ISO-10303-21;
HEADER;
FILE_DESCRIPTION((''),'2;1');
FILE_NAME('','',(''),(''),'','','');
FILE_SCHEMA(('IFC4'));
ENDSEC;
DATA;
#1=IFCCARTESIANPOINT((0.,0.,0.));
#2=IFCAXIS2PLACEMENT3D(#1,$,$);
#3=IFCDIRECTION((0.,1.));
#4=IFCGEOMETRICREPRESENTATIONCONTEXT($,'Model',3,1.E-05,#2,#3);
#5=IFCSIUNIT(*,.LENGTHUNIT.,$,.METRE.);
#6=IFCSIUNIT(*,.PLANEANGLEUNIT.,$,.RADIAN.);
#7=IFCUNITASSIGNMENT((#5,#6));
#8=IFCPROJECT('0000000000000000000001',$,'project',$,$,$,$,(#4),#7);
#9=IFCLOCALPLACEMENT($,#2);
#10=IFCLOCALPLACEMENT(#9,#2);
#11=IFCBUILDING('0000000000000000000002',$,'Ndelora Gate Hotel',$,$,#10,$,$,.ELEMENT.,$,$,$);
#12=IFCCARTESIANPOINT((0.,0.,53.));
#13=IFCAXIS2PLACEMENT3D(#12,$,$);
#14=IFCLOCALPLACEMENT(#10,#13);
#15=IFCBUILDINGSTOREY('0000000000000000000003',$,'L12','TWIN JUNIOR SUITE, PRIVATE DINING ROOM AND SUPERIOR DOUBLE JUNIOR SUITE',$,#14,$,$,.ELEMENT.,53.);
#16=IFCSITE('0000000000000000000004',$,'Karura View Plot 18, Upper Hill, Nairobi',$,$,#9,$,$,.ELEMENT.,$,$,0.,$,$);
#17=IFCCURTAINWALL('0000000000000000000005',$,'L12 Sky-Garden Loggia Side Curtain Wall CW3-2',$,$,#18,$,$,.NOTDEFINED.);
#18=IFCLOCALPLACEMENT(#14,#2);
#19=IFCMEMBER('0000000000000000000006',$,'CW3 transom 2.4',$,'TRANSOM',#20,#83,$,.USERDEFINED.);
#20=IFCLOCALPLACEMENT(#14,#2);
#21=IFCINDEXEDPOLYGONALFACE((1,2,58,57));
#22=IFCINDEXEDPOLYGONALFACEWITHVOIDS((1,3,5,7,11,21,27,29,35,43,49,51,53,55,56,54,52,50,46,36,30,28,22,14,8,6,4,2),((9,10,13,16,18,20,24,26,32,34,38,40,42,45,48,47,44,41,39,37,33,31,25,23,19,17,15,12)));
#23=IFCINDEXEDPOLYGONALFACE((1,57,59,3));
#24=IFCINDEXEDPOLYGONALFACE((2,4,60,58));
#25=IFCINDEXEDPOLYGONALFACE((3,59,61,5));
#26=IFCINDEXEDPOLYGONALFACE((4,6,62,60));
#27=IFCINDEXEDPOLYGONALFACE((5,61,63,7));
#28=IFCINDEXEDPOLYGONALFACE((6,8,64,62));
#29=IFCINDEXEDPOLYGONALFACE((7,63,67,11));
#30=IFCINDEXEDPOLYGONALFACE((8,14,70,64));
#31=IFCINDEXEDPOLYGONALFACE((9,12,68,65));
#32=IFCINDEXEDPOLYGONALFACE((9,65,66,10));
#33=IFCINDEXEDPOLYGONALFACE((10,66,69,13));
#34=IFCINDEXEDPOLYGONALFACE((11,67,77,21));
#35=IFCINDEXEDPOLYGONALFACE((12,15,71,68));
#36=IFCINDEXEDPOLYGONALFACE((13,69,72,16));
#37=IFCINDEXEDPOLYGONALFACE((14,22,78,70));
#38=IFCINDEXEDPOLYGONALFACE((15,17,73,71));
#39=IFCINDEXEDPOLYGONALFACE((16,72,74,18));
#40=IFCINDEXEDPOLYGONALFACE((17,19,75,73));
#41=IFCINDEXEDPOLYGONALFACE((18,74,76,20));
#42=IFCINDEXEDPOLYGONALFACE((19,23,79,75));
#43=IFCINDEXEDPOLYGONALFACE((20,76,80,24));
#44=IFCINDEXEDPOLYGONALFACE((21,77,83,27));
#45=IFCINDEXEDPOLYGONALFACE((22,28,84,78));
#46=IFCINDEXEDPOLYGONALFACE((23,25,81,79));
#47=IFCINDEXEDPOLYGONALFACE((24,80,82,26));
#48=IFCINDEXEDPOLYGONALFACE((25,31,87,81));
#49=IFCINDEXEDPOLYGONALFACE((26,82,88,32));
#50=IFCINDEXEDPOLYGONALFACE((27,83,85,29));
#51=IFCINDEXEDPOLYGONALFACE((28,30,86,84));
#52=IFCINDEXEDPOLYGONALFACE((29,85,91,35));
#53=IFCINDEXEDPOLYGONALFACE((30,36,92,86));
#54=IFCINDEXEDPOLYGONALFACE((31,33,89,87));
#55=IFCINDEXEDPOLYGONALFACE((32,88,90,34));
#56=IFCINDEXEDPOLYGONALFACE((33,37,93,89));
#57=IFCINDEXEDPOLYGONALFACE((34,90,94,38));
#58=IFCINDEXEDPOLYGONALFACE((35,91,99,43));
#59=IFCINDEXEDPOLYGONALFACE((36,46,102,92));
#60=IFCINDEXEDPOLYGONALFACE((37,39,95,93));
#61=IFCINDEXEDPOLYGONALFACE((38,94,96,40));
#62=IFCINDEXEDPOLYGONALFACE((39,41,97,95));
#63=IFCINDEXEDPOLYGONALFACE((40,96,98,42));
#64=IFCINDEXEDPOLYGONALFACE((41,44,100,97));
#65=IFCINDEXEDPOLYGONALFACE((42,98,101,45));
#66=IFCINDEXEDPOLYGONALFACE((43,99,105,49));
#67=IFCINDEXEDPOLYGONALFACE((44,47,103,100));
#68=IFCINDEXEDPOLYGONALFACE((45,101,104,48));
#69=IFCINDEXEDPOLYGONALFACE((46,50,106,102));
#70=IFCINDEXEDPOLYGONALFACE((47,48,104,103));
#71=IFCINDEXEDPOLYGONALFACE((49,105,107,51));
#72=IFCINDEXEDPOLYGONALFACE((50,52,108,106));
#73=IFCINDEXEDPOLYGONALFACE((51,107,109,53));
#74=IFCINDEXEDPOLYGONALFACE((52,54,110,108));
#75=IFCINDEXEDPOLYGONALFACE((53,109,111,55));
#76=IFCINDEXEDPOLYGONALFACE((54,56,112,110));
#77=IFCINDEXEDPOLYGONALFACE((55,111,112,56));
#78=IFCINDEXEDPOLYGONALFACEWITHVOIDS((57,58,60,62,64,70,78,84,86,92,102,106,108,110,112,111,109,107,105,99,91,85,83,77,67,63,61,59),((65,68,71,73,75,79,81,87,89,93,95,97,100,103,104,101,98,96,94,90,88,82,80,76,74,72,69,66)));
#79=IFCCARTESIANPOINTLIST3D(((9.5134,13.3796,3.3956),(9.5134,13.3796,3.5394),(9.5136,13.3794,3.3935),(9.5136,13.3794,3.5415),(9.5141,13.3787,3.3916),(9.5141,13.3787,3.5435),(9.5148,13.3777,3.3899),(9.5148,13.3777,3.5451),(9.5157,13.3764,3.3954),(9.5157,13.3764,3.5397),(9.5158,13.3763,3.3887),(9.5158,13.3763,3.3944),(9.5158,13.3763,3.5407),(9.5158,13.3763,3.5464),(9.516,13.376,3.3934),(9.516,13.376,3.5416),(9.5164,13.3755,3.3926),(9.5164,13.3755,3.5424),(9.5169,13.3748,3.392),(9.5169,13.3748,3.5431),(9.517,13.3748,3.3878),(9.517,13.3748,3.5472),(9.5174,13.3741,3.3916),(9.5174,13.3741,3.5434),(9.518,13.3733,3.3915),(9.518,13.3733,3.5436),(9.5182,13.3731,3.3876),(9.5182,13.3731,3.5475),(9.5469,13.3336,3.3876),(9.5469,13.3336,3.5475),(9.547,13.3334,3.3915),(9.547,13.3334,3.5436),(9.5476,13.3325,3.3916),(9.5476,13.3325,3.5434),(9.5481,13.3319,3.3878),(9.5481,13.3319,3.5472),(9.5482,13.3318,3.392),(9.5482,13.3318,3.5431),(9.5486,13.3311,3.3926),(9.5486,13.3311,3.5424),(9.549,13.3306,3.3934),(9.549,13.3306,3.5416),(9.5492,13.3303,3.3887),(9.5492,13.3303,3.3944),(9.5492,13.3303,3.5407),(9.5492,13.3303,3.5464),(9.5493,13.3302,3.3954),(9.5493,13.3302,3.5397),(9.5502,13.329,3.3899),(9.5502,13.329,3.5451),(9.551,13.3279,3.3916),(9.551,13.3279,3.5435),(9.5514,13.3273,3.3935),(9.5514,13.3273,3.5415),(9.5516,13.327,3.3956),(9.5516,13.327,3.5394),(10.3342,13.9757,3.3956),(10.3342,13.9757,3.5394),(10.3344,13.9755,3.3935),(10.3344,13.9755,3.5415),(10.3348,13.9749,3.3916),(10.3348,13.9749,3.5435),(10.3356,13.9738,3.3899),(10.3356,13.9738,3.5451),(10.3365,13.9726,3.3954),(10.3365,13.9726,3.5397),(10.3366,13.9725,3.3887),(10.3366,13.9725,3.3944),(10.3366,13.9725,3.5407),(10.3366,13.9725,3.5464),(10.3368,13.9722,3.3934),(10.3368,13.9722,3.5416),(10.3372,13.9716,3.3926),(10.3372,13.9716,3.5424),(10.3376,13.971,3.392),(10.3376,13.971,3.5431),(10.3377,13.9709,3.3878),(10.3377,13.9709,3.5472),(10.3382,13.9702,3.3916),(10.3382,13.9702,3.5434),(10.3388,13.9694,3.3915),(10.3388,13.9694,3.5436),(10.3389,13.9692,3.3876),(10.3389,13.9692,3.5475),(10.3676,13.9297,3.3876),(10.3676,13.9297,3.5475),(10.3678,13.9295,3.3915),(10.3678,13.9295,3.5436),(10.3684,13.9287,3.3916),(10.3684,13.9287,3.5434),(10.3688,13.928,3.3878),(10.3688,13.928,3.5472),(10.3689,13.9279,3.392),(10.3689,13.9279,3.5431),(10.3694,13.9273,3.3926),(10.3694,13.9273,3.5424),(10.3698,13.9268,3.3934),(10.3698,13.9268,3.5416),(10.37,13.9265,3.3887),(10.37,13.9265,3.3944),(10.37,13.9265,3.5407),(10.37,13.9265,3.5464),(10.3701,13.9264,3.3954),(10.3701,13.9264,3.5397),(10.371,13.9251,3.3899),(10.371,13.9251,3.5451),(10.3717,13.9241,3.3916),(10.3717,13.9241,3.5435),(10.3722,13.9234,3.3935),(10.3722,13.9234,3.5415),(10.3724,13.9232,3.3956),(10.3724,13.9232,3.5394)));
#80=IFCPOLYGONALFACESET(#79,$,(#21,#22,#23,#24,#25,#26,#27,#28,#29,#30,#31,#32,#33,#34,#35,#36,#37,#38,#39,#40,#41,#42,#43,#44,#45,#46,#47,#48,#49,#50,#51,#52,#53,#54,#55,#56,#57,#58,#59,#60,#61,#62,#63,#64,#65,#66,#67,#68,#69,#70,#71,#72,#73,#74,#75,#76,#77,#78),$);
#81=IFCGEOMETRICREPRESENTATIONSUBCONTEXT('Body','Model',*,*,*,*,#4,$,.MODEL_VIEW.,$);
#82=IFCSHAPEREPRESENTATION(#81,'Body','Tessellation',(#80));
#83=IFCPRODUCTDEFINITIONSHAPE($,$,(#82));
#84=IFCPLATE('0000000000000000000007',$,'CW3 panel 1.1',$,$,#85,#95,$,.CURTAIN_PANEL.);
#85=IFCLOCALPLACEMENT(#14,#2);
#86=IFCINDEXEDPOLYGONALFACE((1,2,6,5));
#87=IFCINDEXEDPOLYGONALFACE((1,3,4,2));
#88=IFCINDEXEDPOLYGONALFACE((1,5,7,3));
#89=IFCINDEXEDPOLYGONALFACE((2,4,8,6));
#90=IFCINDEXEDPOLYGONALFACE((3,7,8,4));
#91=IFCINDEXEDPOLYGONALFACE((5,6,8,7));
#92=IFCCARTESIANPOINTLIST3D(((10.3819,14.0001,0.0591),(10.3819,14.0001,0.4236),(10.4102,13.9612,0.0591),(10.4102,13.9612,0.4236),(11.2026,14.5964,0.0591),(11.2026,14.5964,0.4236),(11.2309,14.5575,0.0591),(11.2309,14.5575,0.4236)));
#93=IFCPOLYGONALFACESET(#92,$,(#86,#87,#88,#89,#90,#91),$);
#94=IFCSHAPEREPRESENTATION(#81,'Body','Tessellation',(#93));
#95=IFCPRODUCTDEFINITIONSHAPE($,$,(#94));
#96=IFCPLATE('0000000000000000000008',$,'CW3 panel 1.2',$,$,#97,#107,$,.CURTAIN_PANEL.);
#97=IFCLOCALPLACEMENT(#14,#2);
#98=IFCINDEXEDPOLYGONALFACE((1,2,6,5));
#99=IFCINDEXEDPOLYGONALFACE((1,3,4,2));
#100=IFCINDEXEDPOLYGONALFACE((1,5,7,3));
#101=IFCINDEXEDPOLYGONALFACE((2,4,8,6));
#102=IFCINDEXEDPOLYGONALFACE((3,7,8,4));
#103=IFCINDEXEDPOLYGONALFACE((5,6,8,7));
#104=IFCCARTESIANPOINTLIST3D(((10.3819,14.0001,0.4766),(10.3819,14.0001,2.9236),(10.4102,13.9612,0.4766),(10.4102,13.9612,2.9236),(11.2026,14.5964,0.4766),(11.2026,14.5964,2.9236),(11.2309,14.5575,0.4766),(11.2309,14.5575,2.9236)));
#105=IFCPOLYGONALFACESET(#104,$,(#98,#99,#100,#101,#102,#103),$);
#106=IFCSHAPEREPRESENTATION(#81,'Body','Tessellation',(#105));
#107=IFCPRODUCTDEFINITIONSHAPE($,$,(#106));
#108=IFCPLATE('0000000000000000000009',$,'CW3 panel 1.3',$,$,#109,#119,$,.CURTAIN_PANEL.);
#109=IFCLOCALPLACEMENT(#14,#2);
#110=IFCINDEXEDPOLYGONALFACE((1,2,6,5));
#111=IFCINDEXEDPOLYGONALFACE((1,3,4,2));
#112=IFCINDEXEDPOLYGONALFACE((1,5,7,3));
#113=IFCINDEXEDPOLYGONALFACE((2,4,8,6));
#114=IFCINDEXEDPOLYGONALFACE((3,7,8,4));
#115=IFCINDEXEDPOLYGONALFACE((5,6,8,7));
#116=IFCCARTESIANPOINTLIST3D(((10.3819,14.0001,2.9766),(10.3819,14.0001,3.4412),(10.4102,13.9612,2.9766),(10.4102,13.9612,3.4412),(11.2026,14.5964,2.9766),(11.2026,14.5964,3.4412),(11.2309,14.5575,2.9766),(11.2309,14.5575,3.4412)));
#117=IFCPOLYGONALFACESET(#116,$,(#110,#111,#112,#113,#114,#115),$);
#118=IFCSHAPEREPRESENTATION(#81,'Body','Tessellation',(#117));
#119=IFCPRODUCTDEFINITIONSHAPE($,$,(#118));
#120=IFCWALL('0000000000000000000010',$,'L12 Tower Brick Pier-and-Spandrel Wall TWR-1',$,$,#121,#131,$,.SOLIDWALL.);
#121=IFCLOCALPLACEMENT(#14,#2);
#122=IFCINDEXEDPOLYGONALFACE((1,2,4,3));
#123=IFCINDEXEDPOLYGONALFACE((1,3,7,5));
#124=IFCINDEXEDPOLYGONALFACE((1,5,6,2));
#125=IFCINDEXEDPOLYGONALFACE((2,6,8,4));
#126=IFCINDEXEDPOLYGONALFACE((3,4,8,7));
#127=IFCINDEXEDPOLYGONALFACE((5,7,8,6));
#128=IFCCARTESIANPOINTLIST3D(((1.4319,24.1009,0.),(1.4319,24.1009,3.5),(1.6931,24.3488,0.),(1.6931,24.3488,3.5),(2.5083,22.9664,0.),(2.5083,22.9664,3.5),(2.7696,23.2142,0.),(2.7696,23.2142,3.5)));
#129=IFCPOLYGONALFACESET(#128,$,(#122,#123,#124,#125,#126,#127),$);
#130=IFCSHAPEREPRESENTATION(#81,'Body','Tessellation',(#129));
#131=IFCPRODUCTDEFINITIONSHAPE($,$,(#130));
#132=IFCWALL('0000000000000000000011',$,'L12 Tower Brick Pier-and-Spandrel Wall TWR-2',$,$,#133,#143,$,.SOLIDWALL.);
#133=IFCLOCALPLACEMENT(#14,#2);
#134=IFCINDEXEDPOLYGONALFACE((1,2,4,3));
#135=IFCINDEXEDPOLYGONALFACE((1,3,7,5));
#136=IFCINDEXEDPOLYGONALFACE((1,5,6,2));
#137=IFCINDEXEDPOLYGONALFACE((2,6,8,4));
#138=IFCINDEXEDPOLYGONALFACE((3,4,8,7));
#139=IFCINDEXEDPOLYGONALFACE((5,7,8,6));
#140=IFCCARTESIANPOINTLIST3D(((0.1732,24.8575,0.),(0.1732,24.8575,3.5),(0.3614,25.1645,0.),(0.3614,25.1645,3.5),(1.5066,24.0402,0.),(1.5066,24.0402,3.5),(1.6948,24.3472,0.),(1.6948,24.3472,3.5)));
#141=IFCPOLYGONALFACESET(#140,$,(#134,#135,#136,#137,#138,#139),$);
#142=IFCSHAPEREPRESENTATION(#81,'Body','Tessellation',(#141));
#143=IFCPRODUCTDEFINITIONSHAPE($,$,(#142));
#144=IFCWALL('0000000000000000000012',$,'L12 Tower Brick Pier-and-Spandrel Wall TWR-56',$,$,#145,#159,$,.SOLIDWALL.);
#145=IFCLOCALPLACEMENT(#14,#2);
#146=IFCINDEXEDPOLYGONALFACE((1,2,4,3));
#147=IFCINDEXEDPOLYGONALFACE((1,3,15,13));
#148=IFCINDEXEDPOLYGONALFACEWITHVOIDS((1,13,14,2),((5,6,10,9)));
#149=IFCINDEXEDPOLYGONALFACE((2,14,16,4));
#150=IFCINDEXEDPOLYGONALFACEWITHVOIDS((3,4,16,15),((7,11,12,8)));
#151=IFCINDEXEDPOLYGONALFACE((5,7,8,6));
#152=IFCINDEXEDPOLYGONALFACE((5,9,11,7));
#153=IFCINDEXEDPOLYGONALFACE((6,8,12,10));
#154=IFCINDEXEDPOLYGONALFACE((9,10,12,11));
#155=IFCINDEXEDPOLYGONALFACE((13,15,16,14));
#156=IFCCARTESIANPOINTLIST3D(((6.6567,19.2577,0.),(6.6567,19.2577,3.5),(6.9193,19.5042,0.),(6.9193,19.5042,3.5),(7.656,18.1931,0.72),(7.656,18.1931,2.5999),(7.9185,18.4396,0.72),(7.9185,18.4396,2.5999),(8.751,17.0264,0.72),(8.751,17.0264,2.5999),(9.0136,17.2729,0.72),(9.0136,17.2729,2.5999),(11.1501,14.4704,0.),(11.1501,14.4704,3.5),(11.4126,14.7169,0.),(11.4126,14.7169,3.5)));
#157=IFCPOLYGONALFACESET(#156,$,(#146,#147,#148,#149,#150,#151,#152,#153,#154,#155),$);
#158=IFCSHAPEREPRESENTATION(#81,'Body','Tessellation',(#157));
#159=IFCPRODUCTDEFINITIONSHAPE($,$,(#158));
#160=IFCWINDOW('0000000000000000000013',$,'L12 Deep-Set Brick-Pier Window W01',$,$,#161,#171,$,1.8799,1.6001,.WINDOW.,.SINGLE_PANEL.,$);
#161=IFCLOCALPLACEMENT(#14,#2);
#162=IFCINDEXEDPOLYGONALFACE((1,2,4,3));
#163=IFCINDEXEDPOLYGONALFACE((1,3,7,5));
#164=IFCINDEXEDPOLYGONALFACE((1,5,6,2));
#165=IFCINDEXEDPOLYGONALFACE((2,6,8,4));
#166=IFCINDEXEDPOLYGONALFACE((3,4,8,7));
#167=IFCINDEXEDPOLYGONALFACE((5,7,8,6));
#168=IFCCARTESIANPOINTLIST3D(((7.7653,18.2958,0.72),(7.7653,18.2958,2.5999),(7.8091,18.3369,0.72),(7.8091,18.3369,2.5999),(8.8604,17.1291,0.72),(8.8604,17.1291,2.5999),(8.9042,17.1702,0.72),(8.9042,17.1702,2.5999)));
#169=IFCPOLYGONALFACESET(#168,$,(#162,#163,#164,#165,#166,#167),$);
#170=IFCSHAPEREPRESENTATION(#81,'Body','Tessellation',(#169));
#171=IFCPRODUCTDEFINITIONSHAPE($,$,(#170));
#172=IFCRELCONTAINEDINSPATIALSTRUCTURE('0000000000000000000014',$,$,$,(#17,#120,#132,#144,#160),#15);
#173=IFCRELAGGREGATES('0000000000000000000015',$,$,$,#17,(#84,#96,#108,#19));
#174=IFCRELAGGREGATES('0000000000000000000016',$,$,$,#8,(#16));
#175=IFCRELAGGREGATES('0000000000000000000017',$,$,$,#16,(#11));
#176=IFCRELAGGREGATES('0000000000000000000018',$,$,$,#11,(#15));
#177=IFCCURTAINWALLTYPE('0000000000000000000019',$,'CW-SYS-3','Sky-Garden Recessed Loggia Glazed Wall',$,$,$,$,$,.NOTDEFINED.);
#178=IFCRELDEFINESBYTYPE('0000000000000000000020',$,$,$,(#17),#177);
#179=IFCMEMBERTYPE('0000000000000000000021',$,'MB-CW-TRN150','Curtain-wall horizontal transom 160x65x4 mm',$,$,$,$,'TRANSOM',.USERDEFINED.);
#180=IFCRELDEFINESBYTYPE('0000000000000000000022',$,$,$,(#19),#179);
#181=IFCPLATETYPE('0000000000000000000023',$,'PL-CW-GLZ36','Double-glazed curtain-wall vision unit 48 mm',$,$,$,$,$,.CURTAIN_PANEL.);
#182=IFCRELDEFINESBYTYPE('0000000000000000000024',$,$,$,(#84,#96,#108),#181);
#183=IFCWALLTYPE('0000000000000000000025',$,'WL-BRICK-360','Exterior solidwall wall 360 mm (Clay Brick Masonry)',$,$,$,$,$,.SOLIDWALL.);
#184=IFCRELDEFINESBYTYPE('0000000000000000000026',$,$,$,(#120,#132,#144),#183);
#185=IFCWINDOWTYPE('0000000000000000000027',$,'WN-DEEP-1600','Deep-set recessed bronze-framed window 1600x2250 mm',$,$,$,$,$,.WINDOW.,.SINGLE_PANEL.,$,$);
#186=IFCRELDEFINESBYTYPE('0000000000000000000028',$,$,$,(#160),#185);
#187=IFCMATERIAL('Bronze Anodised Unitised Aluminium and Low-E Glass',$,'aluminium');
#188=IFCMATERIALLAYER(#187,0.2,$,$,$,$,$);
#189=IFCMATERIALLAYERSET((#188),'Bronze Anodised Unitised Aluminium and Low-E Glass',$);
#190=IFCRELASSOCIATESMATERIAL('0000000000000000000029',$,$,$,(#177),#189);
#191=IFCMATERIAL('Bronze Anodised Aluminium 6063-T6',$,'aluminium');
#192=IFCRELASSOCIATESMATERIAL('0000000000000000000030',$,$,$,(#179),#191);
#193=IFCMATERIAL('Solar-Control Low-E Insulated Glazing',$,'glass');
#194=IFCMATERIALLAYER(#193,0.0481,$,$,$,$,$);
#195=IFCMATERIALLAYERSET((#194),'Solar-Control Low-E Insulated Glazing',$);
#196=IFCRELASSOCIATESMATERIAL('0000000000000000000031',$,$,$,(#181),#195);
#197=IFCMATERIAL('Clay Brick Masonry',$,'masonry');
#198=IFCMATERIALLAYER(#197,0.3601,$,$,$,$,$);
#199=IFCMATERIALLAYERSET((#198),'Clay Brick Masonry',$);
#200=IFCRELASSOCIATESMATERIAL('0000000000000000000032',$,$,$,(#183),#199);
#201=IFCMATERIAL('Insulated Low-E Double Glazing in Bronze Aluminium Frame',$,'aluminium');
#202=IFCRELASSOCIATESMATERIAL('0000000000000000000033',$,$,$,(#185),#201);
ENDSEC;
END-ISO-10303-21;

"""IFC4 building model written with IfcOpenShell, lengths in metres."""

from ifc_helpers import new_model, si_unit, direction, frame, frame_2d, origin, origin_2d, place, context, subcontext, project, spatial, rectangle, hollow_rectangle, extrude, material, layer, layer_set, material_profile, profile_set, type_object, element, fill, aggregate, save


model = new_model("IFC4")

# Units and contexts
model_context = context("Model", 3, precision=1e-05, world=origin(), true_north=direction((0.0, 1.0)))
body_context = subcontext(model_context, "Body", "Model", "MODEL_VIEW")
ifc_project = project(units=[si_unit("LENGTHUNIT", "METRE"), si_unit("PLANEANGLEUNIT", "RADIAN")], contexts=[model_context])

# Site, building, storey
site_placement = place(None, origin())
site = spatial("IfcSite", under=ifc_project, at=site_placement, Name="Karura View Plot 18, Upper Hill, Nairobi", CompositionType="ELEMENT", RefElevation=0.0)
building_placement = place(site_placement, origin())
building = spatial("IfcBuilding", under=site, at=building_placement, Name="Ndelora Gate Hotel", CompositionType="ELEMENT")
storey_placement = place(building_placement, frame((0.0, 0.0, 53.0)))
storey = spatial("IfcBuildingStorey", under=building, at=storey_placement, Name="L12", Description="TWIN JUNIOR SUITE, PRIVATE DINING ROOM AND SUPERIOR DOUBLE JUNIOR SUITE", CompositionType="ELEMENT", Elevation=53.0)

# Curtain wall, member, plates
ifc_material_1 = material(Name="Bronze Anodised Unitised Aluminium and Low-E Glass", Category="aluminium")
ifc_layer_1 = layer(ifc_material_1, 0.2)
ifc_layer_set_1 = layer_set([ifc_layer_1], Name="Bronze Anodised Unitised Aluminium and Low-E Glass")
curtain_wall_type = type_object("IfcCurtainWallType", Name="CW-SYS-3", Description="Sky-Garden Recessed Loggia Glazed Wall", PredefinedType="NOTDEFINED", material=ifc_layer_set_1)
curtain_wall_placement = place(storey_placement, origin())
curtain_wall = element("IfcCurtainWall", 1, at=curtain_wall_placement, inside=storey, type_object=curtain_wall_type, Name="L12 Sky-Garden Loggia Side Curtain Wall CW3-2", PredefinedType="NOTDEFINED")
ifc_material_2 = material(Name="Bronze Anodised Aluminium 6063-T6", Category="aluminium")
ifc_material_profile_1 = material_profile(ifc_material_2, hollow_rectangle(XDim=0.0649, YDim=0.1599, WallThickness=0.0039, InnerFilletRadius=0.0039, OuterFilletRadius=0.0081, at=origin_2d()), Name="ALU 160x65x4")
ifc_profile_set_1 = profile_set([ifc_material_profile_1], Name="Bronze Anodised Aluminium 6063-T6")
member_type_1 = type_object("IfcMemberType", Name="MB-CW-TRN150", Description="Curtain-wall horizontal transom 160x65x4 mm", ElementType="TRANSOM", PredefinedType="USERDEFINED", material=ifc_profile_set_1)
member_1_placement = place(storey_placement, frame((10.3533, 13.9495, 3.4675), z_axis=(-0.80909, -0.587685, 0.0), x_axis=(0.587685, -0.80909, 0.0)))
member_1 = element("IfcMember", 2, at=member_1_placement, type_object=member_type_1, Name="CW3 transom 2.4", ObjectType="TRANSOM", PredefinedType="USERDEFINED", context=body_context, shape_type="SweptSolid", body=[
    extrude(hollow_rectangle(XDim=0.0649, YDim=0.1599, WallThickness=0.0039, InnerFilletRadius=0.0039, OuterFilletRadius=0.0081, at=origin_2d()), origin(), (0.0, 0.0, 1.0), 1.0144),
])
ifc_material_3 = material(Name="Solar-Control Low-E Insulated Glazing", Category="glass")
ifc_layer_2 = layer(ifc_material_3, 0.0481)
ifc_layer_set_2 = layer_set([ifc_layer_2], Name="Solar-Control Low-E Insulated Glazing")
plate_type = type_object("IfcPlateType", Name="PL-CW-GLZ36", Description="Double-glazed curtain-wall vision unit 48 mm", PredefinedType="CURTAIN_PANEL", material=ifc_layer_set_2)
plate_1_placement = place(storey_placement, frame((10.8064, 14.2788, 0.0591), z_axis=(0.0, 0.0, 1.0), x_axis=(-0.809017, -0.587785, 0.0)))
plate_1 = element("IfcPlate", 3, at=plate_1_placement, type_object=plate_type, Name="CW3 panel 1.1", PredefinedType="CURTAIN_PANEL", context=body_context, shape_type="SweptSolid", body=[
    extrude(rectangle(XDim=1.0144, YDim=0.0481, at=origin_2d()), origin(), (0.0, 0.0, 1.0), 0.3645),
])
plate_2_placement = place(storey_placement, frame((10.8064, 14.2788, 0.4766), z_axis=(0.0, 0.0, 1.0), x_axis=(-0.809017, -0.587785, 0.0)))
plate_2 = element("IfcPlate", 4, at=plate_2_placement, type_object=plate_type, Name="CW3 panel 1.2", PredefinedType="CURTAIN_PANEL", context=body_context, shape_type="SweptSolid", body=[
    extrude(rectangle(XDim=1.0144, YDim=0.0481, at=origin_2d()), origin(), (0.0, 0.0, 1.0), 2.447),
])
plate_3_placement = place(storey_placement, frame((10.8064, 14.2788, 2.9766), z_axis=(0.0, 0.0, 1.0), x_axis=(-0.809017, -0.587785, 0.0)))
plate_3 = element("IfcPlate", 5, at=plate_3_placement, type_object=plate_type, Name="CW3 panel 1.3", PredefinedType="CURTAIN_PANEL", context=body_context, shape_type="SweptSolid", body=[
    extrude(rectangle(XDim=1.0144, YDim=0.0481, at=origin_2d()), origin(), (0.0, 0.0, 1.0), 0.4646),
])
aggregate(curtain_wall, [plate_1, plate_2, plate_3, member_1])

# Walls
ifc_material_4 = material(Name="Clay Brick Masonry", Category="masonry")
ifc_layer_3 = layer(ifc_material_4, 0.3601)
ifc_layer_set_3 = layer_set([ifc_layer_3], Name="Clay Brick Masonry")
wall_type = type_object("IfcWallType", Name="WL-BRICK-360", Description="Exterior solidwall wall 360 mm (Clay Brick Masonry)", PredefinedType="SOLIDWALL", material=ifc_layer_set_3)
for number, where, z_axis, x_axis, name in (
    (6, (1.5625, 24.2249, 0.0), (0.0, 0.0, 1.0), (0.688286, -0.72544, 0.0), "L12 Tower Brick Pier-and-Spandrel Wall TWR-1"),
    (7, (0.2673, 25.011, 0.0), (0.0, 0.0, 1.0), (0.852579, -0.522599, 0.0), "L12 Tower Brick Pier-and-Spandrel Wall TWR-2"),
):
    element("IfcWall", number, at=place(storey_placement, frame(where, z_axis=z_axis, x_axis=x_axis)), inside=storey, type_object=wall_type, Name=name, PredefinedType="SOLIDWALL", context=body_context, shape_type="SweptSolid", body=[
        extrude(rectangle(XDim=1.564, YDim=0.3601, at=frame_2d((0.782, 0.0))), origin(), (0.0, 0.0, 1.0), 3.5),
    ])

# Wall, opening, window
wall_1_placement = place(storey_placement, frame((6.7881, 19.3809, 0.0), z_axis=(0.0, 0.0, 1.0), x_axis=(0.684368, -0.729137, 0.0)))
wall_1 = element("IfcWall", 8, at=wall_1_placement, inside=storey, type_object=wall_type, Name="L12 Tower Brick Pier-and-Spandrel Wall TWR-56", PredefinedType="SOLIDWALL", context=body_context, shape_type="SweptSolid", body=[
    extrude(rectangle(XDim=6.5657, YDim=0.3601, at=frame_2d((3.2827, 0.0))), origin(), (0.0, 0.0, 1.0), 3.5),
])
opening_1_placement = place(wall_1_placement, frame((1.46, 0.0, 0.72)))
opening_1 = element("IfcOpeningElement", 9, at=opening_1_placement, cuts=wall_1, PredefinedType="OPENING", context=body_context, shape_type="SweptSolid", body=[
    extrude(rectangle(XDim=1.6001, YDim=1.8799, at=frame_2d((0.8, 0.9399))), frame((0.0, 0.1899, 0.0), z_axis=(0.0, -1.0, 0.0), x_axis=(1.0, 0.0, 0.0)), (0.0, 0.0, 1.0), 0.3801),
])
ifc_material_5 = material(Name="Insulated Low-E Double Glazing in Bronze Aluminium Frame", Category="aluminium")
window_type_1 = type_object("IfcWindowType", Name="WN-DEEP-1600", Description="Deep-set recessed bronze-framed window 1600x2250 mm", PartitioningType="SINGLE_PANEL", PredefinedType="WINDOW", material=ifc_material_5)
window_1_placement = place(opening_1_placement, origin())
window_1 = element("IfcWindow", 10, at=window_1_placement, inside=storey, type_object=window_type_1, Name="L12 Deep-Set Brick-Pier Window W01", OverallHeight=1.8799, OverallWidth=1.6001, PartitioningType="SINGLE_PANEL", PredefinedType="WINDOW", context=body_context, shape_type="SweptSolid", body=[
    extrude(rectangle(XDim=1.6001, YDim=1.8799, at=frame_2d((0.8, 0.9399))), frame((0.0, 0.03, 0.0), z_axis=(0.0, -1.0, 0.0), x_axis=(1.0, 0.0, 0.0)), (0.0, 0.0, 1.0), 0.0601),
])
fill(opening_1, window_1)

save(model, "model.ifc")
